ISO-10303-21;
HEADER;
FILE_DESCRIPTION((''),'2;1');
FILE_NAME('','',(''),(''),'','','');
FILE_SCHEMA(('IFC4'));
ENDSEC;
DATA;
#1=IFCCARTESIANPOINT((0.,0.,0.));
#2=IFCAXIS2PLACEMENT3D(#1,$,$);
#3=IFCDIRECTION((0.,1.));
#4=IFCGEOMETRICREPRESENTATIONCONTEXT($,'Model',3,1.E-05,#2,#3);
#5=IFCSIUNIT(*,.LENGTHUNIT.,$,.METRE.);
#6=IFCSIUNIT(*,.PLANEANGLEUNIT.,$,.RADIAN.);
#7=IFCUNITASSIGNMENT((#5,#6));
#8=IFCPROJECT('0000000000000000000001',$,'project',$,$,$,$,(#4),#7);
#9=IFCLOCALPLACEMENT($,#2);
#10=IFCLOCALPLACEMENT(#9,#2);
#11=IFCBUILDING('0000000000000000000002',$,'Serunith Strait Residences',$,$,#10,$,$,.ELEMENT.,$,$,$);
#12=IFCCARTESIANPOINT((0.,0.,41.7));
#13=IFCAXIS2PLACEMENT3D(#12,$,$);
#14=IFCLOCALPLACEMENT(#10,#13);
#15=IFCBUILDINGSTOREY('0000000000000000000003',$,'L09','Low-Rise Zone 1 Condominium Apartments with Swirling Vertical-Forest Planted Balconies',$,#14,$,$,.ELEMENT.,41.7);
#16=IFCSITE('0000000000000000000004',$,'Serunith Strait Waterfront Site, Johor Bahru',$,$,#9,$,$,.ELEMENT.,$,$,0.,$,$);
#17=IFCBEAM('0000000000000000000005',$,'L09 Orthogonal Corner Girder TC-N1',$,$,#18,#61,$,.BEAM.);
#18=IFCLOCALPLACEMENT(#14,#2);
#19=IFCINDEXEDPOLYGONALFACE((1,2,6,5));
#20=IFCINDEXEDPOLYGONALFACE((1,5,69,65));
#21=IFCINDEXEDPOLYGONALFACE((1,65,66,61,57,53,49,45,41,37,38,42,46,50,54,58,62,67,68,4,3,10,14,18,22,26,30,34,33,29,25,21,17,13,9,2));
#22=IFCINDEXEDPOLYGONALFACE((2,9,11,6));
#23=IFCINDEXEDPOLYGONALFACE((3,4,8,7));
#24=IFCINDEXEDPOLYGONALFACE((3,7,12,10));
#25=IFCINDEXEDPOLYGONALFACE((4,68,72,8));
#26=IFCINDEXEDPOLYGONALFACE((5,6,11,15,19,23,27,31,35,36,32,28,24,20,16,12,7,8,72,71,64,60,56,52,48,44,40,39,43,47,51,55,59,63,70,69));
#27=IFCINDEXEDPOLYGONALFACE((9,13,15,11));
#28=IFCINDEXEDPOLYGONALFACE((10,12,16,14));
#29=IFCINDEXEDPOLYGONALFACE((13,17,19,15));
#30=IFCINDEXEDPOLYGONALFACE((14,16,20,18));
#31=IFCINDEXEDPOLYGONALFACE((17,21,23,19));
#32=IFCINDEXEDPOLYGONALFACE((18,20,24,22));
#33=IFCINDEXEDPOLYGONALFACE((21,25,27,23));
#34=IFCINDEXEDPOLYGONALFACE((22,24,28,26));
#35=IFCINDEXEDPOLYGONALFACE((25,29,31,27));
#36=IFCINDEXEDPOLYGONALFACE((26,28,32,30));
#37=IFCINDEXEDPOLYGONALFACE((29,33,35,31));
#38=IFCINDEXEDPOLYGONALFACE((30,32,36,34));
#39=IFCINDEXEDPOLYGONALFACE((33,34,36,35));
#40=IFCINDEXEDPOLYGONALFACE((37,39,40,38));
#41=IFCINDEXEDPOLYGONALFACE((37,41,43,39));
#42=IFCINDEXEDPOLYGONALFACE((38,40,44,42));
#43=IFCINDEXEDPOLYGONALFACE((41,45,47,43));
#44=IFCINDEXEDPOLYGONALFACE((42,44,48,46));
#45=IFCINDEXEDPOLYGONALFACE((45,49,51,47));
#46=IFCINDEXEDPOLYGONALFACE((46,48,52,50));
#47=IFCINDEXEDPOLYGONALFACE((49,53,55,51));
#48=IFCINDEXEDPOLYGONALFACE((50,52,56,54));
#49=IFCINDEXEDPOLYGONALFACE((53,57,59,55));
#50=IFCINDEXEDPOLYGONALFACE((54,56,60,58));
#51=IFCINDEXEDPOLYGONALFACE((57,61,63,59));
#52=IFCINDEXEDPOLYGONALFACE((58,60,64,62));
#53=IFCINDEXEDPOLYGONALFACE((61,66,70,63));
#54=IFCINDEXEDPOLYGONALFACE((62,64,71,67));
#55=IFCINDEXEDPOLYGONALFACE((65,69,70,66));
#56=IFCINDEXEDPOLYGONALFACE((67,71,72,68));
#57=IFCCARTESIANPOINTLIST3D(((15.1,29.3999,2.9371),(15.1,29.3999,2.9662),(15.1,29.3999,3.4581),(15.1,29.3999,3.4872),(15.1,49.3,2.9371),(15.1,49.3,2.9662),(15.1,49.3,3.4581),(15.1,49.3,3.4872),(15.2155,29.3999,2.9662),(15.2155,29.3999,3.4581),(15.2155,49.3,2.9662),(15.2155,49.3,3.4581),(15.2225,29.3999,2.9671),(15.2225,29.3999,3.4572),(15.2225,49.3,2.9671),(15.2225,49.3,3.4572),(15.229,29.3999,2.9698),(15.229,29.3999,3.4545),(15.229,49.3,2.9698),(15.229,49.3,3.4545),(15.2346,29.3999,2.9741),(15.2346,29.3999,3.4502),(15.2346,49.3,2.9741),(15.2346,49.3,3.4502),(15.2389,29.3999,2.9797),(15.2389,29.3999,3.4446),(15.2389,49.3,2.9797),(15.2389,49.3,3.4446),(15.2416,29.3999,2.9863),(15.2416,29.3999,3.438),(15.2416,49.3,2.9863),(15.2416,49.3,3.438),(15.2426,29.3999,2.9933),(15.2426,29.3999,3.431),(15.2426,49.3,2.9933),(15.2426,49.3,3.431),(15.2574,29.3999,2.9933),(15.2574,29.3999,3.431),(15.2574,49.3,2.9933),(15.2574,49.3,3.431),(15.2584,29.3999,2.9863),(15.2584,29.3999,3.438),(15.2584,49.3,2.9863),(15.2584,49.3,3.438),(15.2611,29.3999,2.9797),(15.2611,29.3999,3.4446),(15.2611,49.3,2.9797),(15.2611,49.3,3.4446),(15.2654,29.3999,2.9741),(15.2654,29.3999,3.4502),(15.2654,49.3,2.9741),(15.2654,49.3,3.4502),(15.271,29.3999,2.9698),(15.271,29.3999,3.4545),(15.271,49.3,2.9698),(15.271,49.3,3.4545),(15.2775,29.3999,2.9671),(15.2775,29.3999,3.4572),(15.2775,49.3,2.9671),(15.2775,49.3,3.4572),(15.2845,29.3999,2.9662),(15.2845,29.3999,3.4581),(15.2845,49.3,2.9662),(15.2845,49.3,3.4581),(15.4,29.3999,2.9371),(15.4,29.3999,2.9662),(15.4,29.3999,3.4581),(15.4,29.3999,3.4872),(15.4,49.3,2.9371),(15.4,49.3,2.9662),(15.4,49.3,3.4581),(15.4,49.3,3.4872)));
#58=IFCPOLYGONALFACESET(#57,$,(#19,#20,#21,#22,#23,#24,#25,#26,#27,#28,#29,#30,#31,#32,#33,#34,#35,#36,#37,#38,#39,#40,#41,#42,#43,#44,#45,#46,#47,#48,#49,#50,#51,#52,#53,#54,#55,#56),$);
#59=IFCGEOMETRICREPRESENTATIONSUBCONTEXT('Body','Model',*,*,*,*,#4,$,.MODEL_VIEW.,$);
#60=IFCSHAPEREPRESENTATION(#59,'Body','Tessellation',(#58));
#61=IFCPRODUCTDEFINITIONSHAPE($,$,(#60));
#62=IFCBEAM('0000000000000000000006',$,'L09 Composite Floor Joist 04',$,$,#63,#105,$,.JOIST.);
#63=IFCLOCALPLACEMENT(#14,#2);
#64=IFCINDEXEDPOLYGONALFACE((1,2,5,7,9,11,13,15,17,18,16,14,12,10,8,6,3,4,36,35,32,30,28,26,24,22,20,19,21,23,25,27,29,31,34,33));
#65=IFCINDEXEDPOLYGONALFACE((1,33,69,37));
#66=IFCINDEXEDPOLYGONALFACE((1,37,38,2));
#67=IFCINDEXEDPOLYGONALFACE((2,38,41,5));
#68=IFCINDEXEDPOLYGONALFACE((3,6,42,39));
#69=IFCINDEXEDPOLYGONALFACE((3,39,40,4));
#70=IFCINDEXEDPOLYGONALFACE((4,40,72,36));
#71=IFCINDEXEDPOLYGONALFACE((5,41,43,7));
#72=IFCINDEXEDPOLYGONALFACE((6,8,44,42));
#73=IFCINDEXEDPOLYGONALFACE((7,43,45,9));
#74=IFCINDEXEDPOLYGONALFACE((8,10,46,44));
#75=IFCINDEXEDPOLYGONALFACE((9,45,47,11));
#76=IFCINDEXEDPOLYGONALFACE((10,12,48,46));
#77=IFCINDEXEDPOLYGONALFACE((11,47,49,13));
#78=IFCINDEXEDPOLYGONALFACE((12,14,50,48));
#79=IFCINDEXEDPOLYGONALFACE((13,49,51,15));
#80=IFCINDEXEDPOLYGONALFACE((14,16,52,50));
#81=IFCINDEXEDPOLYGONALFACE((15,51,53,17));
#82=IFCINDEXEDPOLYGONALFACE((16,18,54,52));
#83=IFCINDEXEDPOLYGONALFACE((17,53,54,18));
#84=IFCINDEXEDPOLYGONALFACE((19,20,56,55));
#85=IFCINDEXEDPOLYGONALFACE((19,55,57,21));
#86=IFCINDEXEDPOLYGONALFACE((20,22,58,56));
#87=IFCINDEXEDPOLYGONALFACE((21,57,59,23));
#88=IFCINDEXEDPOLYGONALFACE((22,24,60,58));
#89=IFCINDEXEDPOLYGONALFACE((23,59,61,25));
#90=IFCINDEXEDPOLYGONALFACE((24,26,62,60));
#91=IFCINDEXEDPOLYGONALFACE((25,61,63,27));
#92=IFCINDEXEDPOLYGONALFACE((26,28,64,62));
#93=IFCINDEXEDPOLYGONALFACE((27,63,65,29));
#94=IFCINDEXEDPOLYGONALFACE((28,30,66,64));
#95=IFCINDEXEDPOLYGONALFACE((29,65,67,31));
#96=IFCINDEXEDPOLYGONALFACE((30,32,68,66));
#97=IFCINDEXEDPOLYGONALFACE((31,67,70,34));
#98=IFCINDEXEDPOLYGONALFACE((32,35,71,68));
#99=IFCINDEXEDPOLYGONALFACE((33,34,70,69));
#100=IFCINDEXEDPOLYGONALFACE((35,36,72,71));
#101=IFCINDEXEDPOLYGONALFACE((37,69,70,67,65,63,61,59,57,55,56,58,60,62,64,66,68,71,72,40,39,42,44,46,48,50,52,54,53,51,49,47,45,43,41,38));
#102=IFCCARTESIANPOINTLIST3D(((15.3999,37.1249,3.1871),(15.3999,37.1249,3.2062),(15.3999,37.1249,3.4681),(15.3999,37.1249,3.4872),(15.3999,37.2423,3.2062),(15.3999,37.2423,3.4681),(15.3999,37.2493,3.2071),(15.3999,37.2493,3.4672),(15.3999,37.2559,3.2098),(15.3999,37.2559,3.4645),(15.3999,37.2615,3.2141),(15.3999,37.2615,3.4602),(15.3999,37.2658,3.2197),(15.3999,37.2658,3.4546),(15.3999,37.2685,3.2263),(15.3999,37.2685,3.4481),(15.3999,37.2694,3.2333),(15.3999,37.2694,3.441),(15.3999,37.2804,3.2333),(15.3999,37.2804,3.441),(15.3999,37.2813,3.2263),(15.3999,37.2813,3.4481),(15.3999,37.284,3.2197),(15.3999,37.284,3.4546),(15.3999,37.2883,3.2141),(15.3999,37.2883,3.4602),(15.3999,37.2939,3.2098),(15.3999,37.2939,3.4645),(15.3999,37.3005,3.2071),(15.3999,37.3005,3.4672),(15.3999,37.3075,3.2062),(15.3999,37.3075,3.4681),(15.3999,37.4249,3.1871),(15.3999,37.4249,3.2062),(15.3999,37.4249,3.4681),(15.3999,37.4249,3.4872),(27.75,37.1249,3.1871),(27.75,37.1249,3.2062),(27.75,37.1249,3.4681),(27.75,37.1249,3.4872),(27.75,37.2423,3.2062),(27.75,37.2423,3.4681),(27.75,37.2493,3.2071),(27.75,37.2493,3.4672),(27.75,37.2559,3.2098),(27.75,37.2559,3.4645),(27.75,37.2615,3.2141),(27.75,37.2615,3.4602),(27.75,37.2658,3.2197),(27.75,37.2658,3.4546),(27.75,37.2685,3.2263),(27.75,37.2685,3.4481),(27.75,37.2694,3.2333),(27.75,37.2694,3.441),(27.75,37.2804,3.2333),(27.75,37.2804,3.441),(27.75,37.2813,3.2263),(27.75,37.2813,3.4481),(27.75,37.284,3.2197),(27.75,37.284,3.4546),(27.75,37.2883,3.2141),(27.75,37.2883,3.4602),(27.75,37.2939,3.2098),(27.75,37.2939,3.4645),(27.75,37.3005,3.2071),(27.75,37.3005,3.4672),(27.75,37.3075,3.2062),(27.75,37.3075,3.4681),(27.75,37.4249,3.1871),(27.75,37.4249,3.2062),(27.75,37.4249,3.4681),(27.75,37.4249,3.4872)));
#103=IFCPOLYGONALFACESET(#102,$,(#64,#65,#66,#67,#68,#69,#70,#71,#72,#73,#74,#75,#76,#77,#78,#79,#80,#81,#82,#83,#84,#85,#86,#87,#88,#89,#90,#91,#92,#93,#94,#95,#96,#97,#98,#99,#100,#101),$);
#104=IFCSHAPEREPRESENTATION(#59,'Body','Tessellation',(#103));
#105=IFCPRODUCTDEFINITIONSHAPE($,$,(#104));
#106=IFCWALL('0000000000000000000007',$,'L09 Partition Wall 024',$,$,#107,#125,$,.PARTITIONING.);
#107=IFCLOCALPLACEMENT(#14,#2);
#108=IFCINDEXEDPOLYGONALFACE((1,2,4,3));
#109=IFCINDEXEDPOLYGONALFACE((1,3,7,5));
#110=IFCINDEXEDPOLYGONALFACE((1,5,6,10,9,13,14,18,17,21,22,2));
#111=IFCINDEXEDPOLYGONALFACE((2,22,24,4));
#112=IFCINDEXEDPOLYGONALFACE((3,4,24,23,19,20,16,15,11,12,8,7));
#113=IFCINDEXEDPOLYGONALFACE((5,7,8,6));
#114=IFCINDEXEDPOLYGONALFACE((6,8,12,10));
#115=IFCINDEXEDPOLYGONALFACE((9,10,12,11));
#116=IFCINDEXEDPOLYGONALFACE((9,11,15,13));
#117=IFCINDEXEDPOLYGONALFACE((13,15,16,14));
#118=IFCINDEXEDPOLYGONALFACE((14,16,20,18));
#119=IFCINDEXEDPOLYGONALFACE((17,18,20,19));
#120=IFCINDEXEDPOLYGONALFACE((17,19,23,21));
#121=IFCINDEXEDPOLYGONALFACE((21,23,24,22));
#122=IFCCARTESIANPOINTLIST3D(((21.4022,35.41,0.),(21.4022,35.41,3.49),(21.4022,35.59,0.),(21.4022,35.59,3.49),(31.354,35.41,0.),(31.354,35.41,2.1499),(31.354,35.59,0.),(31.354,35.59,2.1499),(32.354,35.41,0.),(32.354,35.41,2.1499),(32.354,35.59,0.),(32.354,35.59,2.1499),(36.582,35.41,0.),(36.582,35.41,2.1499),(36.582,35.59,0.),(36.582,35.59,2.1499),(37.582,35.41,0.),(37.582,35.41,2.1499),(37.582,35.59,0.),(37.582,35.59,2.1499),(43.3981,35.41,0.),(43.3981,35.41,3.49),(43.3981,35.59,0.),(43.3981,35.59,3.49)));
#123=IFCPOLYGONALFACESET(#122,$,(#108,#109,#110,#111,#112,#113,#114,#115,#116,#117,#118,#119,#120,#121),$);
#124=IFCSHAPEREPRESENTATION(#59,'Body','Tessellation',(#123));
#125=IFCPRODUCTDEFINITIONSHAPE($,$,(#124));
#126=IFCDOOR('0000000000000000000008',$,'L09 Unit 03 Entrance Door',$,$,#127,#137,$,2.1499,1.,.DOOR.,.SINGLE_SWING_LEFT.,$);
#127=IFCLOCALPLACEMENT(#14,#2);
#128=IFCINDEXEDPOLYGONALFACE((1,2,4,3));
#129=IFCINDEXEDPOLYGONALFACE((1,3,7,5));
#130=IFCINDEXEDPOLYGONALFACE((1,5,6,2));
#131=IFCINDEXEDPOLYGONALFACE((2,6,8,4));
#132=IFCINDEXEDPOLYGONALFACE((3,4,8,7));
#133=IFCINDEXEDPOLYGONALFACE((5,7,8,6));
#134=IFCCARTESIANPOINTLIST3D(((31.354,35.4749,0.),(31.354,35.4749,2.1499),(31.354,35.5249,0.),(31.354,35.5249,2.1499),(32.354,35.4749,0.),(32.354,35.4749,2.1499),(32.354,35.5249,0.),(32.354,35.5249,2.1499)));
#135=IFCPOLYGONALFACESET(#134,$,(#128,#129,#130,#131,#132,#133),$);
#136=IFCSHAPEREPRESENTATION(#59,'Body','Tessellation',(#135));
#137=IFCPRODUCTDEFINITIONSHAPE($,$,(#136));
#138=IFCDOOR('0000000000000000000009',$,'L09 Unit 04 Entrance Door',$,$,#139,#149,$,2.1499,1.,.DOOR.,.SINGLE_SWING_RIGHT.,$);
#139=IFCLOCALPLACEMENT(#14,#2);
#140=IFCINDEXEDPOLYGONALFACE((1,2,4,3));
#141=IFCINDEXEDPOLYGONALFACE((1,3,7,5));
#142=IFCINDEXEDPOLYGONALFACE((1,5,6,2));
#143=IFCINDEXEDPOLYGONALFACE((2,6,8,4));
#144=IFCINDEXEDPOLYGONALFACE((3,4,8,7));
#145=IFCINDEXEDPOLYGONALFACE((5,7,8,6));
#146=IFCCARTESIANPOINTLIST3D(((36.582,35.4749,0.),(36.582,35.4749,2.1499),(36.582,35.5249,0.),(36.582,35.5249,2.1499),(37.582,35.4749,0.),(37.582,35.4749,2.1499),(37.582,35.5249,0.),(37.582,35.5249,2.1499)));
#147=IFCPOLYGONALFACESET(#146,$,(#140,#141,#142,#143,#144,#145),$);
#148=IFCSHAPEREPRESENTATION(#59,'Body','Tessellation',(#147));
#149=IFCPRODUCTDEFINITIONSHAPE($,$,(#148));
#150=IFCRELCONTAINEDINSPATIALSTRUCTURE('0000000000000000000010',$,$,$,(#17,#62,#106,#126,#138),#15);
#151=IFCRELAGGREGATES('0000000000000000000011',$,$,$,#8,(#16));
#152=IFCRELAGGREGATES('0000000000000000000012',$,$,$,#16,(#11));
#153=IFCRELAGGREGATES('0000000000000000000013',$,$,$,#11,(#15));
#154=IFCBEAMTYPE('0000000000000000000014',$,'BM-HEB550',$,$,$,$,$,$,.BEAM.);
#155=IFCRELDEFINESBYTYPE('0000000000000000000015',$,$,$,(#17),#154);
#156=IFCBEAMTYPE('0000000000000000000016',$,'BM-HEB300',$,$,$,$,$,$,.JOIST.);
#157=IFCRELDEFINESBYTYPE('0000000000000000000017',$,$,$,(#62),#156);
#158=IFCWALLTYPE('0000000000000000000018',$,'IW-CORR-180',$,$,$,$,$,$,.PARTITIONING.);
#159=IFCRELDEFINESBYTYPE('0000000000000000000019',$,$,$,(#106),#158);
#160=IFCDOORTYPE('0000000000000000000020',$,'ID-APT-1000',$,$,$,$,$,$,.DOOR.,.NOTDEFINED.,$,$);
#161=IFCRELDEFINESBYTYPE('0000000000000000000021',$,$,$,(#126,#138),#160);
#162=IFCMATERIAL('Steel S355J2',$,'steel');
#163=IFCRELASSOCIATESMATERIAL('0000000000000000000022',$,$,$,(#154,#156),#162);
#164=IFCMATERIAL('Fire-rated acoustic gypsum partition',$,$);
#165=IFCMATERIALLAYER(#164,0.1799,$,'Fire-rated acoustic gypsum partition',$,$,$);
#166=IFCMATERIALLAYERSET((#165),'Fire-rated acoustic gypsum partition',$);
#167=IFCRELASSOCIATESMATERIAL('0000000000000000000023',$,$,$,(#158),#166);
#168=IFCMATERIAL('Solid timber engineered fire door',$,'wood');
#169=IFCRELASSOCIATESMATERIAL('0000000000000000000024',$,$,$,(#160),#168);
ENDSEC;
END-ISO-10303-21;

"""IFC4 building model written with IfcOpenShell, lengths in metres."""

from ifc_helpers import new_model, si_unit, direction, frame, frame_2d, origin, origin_2d, place, context, subcontext, project, spatial, rectangle, i_section, extrude, source, transform, mapped, material, layer, layer_set, material_profile, profile_set, type_object, element, fill, save


model = new_model("IFC4")

# Units and contexts
model_context = context("Model", 3, precision=1e-05, world=origin(), true_north=direction((0.0, 1.0)))
body_context = subcontext(model_context, "Body", "Model", "MODEL_VIEW")
ifc_project = project(units=[si_unit("LENGTHUNIT", "METRE"), si_unit("PLANEANGLEUNIT", "RADIAN")], contexts=[model_context])

# Site, building, storey
site_placement = place(None, origin())
site = spatial("IfcSite", under=ifc_project, at=site_placement, Name="Serunith Strait Waterfront Site, Johor Bahru", CompositionType="ELEMENT", RefElevation=0.0)
building_placement = place(site_placement, origin())
building = spatial("IfcBuilding", under=site, at=building_placement, Name="Serunith Strait Residences", CompositionType="ELEMENT")
storey_placement = place(building_placement, frame((0.0, 0.0, 41.7)))
storey = spatial("IfcBuildingStorey", under=building, at=storey_placement, Name="L09", Description="Low-Rise Zone 1 Condominium Apartments with Swirling Vertical-Forest Planted Balconies", CompositionType="ELEMENT", Elevation=41.7)

# Beams
ifc_material_1 = material(Name="Steel S355J2", Category="steel")
ifc_material_profile_1 = material_profile(ifc_material_1, i_section(OverallWidth=0.3, OverallDepth=0.55, WebThickness=0.0149, FlangeThickness=0.0291, FilletRadius=0.0271, at=origin_2d()), Name="HEB 550")
ifc_profile_set_1 = profile_set([ifc_material_profile_1], Name="Steel S355J2")
beam_type_1 = type_object("IfcBeamType", Name="BM-HEB550", PredefinedType="BEAM", material=ifc_profile_set_1)
shared_shape_1 = source(origin(), body_context, "Body", "SweptSolid", [
    extrude(i_section(OverallWidth=0.3, OverallDepth=0.55, WebThickness=0.0149, FlangeThickness=0.0291, FilletRadius=0.0271, at=origin_2d()), origin(), (0.0, 0.0, 1.0), 19.9001),
])
beam_1_placement = place(storey_placement, frame((15.25, 29.3999, 3.2122), z_axis=(0.0, 1.0, 0.0), x_axis=(-1.0, 0.0, 0.0)))
element("IfcBeam", 1, at=beam_1_placement, inside=storey, type_object=beam_type_1, Name="L09 Orthogonal Corner Girder TC-N1", PredefinedType="BEAM", context=body_context, shape_type="MappedRepresentation", body=[
    mapped(shared_shape_1, transform((0.0, 0.0, 0.0), scale=1.0)),
])
ifc_material_profile_2 = material_profile(ifc_material_1, i_section(OverallWidth=0.3, OverallDepth=0.3, WebThickness=0.011, FlangeThickness=0.019, FilletRadius=0.0271, at=origin_2d()), Name="HEB 300")
ifc_profile_set_2 = profile_set([ifc_material_profile_2], Name="Steel S355J2")
beam_type_2 = type_object("IfcBeamType", Name="BM-HEB300", PredefinedType="JOIST", material=ifc_profile_set_2)
shared_shape_2 = source(origin(), body_context, "Body", "SweptSolid", [
    extrude(i_section(OverallWidth=0.3, OverallDepth=0.3, WebThickness=0.011, FlangeThickness=0.019, FilletRadius=0.0271, at=origin_2d()), origin(), (0.0, 0.0, 1.0), 12.3501),
])
beam_2_placement = place(storey_placement, frame((15.3999, 37.2749, 3.3372), z_axis=(1.0, 0.0, 0.0), x_axis=(0.0, 1.0, 0.0)))
element("IfcBeam", 2, at=beam_2_placement, inside=storey, type_object=beam_type_2, Name="L09 Composite Floor Joist 04", PredefinedType="JOIST", context=body_context, shape_type="MappedRepresentation", body=[
    mapped(shared_shape_2, transform((0.0, 0.0, 0.0), scale=1.0)),
])

# Wall, openings, doors
ifc_material_2 = material(Name="Fire-rated acoustic gypsum partition")
ifc_layer_1 = layer(ifc_material_2, 0.1799, Name="Fire-rated acoustic gypsum partition")
ifc_layer_set_1 = layer_set([ifc_layer_1], Name="Fire-rated acoustic gypsum partition")
wall_type_1 = type_object("IfcWallType", Name="IW-CORR-180", PredefinedType="PARTITIONING", material=ifc_layer_set_1)
wall_1_placement = place(storey_placement, frame((21.4021, 35.5, 0.0), z_axis=(0.0, 0.0, 1.0), x_axis=(1.0, 0.0, 0.0)))
wall_1 = element("IfcWall", 3, at=wall_1_placement, inside=storey, type_object=wall_type_1, Name="L09 Partition Wall 024", PredefinedType="PARTITIONING", context=body_context, shape_type="SweptSolid", body=[
    extrude(rectangle(XDim=21.9958, YDim=0.1799, at=frame_2d((10.998, 0.0))), origin(), (0.0, 0.0, 1.0), 3.49),
])
opening_1_placement = place(wall_1_placement, frame((9.9519, 0.0, 0.0)))
opening_1 = element("IfcOpeningElement", 4, at=opening_1_placement, cuts=wall_1, PredefinedType="OPENING", context=body_context, shape_type="SweptSolid", body=[
    extrude(rectangle(XDim=1.0, YDim=2.1499, at=frame_2d((0.5, 1.075))), frame((0.0, 0.1001, 0.0), z_axis=(0.0, -1.0, 0.0), x_axis=(1.0, 0.0, 0.0)), (0.0, 0.0, 1.0), 0.2),
])
opening_2_placement = place(wall_1_placement, frame((15.1799, 0.0, 0.0)))
opening_2 = element("IfcOpeningElement", 5, at=opening_2_placement, cuts=wall_1, PredefinedType="OPENING", context=body_context, shape_type="SweptSolid", body=[
    extrude(rectangle(XDim=1.0, YDim=2.1499, at=frame_2d((0.5, 1.075))), frame((0.0, 0.1001, 0.0), z_axis=(0.0, -1.0, 0.0), x_axis=(1.0, 0.0, 0.0)), (0.0, 0.0, 1.0), 0.2),
])
ifc_material_3 = material(Name="Solid timber engineered fire door", Category="wood")
door_type_1 = type_object("IfcDoorType", Name="ID-APT-1000", OperationType="NOTDEFINED", PredefinedType="DOOR", material=ifc_material_3)
shared_shape_3 = source(origin(), body_context, "Body", "SweptSolid", [
    extrude(rectangle(XDim=1.0, YDim=2.1499, at=frame_2d((0.5, 1.075))), frame((0.0, 0.0249, 0.0), z_axis=(0.0, -1.0, 0.0), x_axis=(1.0, 0.0, 0.0)), (0.0, 0.0, 1.0), 0.05),
])
door_1_placement = place(opening_1_placement, origin())
door_1 = element("IfcDoor", 6, at=door_1_placement, inside=storey, type_object=door_type_1, Name="L09 Unit 03 Entrance Door", OperationType="SINGLE_SWING_LEFT", OverallHeight=2.1499, OverallWidth=1.0, PredefinedType="DOOR", context=body_context, shape_type="MappedRepresentation", body=[
    mapped(shared_shape_3, transform((0.0, 0.0, 0.0), scale=1.0)),
])
fill(opening_1, door_1)
door_2_placement = place(opening_2_placement, origin())
door_2 = element("IfcDoor", 7, at=door_2_placement, inside=storey, type_object=door_type_1, Name="L09 Unit 04 Entrance Door", OperationType="SINGLE_SWING_RIGHT", OverallHeight=2.1499, OverallWidth=1.0, PredefinedType="DOOR", context=body_context, shape_type="MappedRepresentation", body=[
    mapped(shared_shape_3, transform((0.0, 0.0, 0.0), scale=1.0)),
])
fill(opening_2, door_2)

save(model, "model.ifc")
